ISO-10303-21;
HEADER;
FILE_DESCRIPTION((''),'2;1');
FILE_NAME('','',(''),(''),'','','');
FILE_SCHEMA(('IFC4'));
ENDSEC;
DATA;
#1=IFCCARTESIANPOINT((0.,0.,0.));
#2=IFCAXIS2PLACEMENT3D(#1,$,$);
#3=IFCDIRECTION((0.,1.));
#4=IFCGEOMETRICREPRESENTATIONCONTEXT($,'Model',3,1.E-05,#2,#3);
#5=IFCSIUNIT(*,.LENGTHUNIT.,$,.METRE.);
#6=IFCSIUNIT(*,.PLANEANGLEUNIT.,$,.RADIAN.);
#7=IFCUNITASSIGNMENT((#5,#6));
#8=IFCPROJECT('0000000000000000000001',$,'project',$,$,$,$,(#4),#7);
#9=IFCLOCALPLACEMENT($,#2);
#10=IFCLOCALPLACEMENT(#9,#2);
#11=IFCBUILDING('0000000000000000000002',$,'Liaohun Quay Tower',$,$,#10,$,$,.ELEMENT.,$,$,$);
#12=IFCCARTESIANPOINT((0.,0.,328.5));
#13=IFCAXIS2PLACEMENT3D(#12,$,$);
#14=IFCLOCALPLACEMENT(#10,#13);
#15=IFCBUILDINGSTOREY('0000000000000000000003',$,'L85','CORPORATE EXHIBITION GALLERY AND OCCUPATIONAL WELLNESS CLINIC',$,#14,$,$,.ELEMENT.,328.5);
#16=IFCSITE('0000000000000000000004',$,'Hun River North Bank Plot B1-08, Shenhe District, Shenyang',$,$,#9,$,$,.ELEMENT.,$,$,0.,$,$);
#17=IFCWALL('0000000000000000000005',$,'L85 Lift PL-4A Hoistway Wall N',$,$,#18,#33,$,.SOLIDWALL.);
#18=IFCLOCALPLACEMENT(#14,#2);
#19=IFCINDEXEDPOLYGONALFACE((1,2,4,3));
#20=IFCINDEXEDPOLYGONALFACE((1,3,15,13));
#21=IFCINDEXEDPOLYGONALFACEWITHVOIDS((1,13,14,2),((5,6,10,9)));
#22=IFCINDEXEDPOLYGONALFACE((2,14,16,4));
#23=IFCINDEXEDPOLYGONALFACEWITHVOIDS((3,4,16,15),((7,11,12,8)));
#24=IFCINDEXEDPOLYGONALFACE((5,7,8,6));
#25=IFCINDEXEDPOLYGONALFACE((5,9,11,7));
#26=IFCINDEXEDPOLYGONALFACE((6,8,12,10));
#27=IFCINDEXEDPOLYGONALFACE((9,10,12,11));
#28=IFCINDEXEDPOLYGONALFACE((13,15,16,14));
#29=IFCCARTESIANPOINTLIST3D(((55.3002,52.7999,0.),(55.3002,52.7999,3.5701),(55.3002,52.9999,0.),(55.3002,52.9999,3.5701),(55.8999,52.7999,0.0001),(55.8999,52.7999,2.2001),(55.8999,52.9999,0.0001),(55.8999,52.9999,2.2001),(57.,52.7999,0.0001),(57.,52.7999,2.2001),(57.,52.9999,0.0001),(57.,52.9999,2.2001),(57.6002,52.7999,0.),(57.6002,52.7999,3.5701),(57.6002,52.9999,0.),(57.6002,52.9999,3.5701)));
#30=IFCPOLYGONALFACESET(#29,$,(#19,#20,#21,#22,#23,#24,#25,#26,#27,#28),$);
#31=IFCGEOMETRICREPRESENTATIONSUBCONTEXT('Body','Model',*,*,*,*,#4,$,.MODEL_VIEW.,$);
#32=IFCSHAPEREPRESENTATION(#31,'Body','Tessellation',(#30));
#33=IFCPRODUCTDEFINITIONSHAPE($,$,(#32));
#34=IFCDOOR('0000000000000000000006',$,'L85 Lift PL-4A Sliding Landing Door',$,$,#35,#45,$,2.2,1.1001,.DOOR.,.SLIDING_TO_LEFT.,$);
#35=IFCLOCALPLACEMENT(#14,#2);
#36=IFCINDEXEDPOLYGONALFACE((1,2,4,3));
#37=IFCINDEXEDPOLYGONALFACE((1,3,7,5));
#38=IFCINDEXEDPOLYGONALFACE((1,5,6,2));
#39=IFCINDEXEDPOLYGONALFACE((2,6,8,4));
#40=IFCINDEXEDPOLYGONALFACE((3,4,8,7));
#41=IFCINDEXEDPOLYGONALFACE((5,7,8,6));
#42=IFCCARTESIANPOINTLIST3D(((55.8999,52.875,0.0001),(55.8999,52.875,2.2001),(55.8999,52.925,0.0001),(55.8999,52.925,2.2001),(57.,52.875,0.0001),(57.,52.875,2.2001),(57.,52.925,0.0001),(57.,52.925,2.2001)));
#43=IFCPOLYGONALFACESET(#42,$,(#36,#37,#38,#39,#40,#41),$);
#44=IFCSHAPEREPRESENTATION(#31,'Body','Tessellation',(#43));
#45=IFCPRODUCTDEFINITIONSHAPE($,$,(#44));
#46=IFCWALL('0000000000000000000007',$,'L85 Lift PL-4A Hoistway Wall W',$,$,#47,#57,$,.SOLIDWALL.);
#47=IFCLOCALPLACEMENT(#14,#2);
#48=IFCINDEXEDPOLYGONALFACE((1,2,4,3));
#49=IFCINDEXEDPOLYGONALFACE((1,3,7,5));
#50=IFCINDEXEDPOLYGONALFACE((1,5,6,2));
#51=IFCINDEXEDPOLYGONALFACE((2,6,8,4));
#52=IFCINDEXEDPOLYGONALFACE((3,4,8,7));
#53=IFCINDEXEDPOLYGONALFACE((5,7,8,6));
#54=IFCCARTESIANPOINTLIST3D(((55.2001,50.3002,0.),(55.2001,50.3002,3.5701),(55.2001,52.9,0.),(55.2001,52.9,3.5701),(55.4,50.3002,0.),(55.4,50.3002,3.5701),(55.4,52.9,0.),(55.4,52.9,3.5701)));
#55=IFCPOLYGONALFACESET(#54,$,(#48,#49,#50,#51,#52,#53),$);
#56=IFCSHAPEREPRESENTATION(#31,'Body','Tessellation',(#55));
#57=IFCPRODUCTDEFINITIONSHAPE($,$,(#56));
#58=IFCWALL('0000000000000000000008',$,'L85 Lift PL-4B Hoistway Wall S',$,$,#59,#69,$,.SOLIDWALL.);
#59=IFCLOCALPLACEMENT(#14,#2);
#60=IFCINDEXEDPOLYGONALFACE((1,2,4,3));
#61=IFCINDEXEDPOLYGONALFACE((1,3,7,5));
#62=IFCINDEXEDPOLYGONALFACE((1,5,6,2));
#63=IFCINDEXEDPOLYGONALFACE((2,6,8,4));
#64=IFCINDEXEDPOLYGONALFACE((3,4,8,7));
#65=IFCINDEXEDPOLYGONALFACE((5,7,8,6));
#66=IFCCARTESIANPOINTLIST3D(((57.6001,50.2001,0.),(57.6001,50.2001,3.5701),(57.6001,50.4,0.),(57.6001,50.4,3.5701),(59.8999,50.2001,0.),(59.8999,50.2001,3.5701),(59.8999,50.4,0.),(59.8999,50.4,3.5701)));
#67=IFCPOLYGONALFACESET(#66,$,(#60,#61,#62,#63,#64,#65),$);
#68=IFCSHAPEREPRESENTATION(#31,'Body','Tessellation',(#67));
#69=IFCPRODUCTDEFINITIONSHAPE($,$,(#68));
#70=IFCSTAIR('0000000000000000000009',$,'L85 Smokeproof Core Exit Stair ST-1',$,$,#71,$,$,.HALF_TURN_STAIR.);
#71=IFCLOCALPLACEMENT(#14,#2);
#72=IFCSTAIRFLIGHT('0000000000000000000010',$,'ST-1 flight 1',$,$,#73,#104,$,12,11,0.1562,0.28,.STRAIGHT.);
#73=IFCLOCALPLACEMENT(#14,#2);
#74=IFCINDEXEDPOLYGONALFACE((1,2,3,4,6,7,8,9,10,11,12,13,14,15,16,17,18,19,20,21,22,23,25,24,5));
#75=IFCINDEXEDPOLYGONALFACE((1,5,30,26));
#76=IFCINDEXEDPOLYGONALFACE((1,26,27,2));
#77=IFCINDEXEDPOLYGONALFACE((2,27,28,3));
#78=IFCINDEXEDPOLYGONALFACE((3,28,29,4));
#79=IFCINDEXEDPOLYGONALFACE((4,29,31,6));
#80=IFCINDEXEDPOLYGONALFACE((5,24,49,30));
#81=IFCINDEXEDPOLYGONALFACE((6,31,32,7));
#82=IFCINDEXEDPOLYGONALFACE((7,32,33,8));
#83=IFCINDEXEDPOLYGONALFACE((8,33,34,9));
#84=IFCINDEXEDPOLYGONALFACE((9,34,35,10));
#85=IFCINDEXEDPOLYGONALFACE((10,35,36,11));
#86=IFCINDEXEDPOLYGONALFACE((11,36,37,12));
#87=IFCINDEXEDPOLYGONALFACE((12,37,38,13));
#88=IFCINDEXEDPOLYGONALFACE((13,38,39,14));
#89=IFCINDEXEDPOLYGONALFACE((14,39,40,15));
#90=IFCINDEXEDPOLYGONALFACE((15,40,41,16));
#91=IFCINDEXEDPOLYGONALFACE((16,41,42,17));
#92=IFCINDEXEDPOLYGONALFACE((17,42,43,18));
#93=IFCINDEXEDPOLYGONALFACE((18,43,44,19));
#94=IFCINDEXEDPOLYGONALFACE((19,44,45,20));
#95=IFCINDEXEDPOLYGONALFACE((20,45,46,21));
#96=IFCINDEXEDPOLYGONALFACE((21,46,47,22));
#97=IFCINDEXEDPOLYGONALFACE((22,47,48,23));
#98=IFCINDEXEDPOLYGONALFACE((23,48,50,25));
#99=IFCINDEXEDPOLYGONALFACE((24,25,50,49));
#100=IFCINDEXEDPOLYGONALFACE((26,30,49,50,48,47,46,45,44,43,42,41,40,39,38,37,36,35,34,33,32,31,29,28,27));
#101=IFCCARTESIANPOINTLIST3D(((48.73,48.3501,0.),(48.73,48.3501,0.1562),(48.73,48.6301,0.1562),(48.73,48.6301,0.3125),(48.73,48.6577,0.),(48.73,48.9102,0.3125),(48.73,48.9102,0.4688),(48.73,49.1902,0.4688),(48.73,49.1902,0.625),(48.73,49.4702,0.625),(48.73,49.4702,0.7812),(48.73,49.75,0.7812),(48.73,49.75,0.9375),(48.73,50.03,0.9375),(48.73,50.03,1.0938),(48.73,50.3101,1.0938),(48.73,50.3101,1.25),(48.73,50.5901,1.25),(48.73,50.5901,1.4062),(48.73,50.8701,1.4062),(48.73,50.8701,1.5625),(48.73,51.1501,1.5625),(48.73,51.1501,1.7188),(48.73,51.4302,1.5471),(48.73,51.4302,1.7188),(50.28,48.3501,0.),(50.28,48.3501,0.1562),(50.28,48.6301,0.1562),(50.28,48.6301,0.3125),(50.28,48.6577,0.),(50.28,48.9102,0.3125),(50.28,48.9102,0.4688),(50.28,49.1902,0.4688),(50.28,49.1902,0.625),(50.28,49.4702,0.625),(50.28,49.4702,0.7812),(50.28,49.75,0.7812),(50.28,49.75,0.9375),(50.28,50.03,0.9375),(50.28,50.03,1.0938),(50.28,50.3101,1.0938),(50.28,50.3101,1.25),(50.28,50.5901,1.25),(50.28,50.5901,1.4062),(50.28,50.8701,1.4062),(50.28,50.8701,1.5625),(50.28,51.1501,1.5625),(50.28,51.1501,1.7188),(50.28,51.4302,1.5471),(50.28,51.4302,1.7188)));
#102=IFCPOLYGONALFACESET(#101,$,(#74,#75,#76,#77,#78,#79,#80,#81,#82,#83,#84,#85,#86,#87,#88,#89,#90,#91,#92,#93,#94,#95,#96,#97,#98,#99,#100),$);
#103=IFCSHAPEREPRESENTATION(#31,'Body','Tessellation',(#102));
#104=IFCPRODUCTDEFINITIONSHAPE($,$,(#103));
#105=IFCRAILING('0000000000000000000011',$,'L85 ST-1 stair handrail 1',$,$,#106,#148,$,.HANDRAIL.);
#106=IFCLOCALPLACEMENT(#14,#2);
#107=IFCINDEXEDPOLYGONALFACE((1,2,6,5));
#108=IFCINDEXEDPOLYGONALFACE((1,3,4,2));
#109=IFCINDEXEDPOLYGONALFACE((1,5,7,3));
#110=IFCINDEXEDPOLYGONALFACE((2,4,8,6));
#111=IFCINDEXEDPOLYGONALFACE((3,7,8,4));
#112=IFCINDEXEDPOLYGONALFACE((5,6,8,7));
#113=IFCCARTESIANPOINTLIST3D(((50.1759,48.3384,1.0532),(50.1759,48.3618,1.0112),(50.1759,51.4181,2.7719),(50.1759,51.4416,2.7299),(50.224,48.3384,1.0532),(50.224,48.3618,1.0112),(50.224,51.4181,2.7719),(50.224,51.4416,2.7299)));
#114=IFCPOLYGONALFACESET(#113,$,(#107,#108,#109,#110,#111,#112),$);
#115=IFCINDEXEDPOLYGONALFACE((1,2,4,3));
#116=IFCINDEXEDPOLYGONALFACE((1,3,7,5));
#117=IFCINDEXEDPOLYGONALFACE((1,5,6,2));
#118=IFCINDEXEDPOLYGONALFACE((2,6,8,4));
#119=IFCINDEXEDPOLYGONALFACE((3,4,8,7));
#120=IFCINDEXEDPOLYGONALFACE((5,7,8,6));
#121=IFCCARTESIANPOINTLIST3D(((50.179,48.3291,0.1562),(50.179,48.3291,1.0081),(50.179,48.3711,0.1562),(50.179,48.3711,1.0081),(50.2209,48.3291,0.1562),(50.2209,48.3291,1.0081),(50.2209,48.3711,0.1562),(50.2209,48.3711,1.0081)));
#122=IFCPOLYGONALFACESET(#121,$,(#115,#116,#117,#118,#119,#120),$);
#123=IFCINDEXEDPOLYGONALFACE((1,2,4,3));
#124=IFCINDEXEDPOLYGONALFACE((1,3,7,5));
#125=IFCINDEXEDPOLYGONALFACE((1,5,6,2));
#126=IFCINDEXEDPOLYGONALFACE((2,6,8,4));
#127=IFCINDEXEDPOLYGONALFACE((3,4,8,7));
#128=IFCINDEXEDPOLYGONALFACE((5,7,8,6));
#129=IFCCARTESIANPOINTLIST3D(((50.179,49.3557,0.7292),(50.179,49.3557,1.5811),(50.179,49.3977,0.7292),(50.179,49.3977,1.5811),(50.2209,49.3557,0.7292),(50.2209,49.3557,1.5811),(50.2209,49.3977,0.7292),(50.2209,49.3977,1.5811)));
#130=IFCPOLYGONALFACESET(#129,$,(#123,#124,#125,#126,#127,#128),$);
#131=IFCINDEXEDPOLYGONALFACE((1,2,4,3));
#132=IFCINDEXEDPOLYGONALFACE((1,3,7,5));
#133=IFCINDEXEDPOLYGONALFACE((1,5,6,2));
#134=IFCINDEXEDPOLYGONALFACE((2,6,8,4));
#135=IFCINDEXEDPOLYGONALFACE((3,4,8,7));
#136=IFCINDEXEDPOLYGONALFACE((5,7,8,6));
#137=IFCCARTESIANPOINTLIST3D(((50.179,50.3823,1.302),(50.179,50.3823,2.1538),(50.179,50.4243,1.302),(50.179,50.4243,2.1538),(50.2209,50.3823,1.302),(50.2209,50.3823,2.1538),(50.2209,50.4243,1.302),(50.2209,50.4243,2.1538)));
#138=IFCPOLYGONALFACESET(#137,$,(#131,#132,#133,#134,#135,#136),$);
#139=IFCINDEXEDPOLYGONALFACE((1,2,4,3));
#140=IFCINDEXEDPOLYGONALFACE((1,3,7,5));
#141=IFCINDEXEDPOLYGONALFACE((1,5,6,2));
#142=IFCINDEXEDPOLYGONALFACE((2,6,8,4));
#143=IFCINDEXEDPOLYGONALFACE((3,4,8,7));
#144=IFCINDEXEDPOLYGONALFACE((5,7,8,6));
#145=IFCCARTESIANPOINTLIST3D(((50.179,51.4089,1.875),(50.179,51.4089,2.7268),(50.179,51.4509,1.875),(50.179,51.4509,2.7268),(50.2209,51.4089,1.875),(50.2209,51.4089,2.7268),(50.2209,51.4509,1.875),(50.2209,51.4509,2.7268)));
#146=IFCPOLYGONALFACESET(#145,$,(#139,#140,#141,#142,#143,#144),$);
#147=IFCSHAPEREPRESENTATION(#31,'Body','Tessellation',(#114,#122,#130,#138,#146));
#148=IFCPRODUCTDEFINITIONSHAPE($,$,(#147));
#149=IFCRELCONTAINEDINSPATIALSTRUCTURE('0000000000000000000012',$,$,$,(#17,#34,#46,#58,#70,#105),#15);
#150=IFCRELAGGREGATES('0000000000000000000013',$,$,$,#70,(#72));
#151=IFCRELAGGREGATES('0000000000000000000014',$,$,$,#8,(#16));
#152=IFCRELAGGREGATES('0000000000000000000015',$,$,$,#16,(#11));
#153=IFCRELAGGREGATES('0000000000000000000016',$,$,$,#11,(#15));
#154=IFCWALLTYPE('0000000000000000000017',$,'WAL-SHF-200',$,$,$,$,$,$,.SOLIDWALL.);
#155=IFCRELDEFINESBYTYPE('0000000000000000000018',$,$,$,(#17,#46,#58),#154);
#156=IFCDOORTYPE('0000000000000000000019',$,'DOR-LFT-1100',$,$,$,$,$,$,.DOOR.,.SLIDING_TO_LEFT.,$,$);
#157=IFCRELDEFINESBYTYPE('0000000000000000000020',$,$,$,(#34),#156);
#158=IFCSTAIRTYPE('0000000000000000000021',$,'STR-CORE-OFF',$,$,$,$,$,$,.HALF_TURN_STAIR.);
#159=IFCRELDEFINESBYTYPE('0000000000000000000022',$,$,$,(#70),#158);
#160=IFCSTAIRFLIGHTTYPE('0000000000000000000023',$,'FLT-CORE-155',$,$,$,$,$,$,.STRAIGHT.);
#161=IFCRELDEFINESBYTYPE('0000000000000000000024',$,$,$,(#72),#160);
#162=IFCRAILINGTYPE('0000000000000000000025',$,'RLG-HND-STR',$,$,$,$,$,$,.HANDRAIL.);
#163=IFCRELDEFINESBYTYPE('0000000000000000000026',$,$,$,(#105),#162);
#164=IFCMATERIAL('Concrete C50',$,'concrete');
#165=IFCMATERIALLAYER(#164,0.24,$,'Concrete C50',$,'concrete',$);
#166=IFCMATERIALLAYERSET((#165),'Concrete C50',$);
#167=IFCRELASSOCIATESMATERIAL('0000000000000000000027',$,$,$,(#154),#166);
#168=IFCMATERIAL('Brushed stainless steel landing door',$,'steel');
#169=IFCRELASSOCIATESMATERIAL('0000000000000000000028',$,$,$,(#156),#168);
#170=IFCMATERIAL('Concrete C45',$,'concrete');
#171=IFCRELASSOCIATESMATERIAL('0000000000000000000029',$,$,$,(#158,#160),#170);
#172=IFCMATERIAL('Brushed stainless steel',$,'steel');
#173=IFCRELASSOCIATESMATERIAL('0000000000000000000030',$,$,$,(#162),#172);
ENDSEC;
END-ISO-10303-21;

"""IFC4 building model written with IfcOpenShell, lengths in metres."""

from ifc_helpers import new_model, si_unit, direction, frame, frame_2d, origin, origin_2d, place, context, subcontext, project, spatial, polyline, rectangle, outline, extrude, source, transform, mapped, material, layer, layer_set, type_object, element, fill, aggregate, save


model = new_model("IFC4")

# Units and contexts
model_context = context("Model", 3, precision=1e-05, world=origin(), true_north=direction((0.0, 1.0)))
body_context = subcontext(model_context, "Body", "Model", "MODEL_VIEW")
ifc_project = project(units=[si_unit("LENGTHUNIT", "METRE"), si_unit("PLANEANGLEUNIT", "RADIAN")], contexts=[model_context])

# Site, building, storey
site_placement = place(None, origin())
site = spatial("IfcSite", under=ifc_project, at=site_placement, Name="Hun River North Bank Plot B1-08, Shenhe District, Shenyang", CompositionType="ELEMENT", RefElevation=0.0)
building_placement = place(site_placement, origin())
building = spatial("IfcBuilding", under=site, at=building_placement, Name="Liaohun Quay Tower", CompositionType="ELEMENT")
storey_placement = place(building_placement, frame((0.0, 0.0, 328.5)))
storey = spatial("IfcBuildingStorey", under=building, at=storey_placement, Name="L85", Description="CORPORATE EXHIBITION GALLERY AND OCCUPATIONAL WELLNESS CLINIC", CompositionType="ELEMENT", Elevation=328.5)

# Shared definitions
ifc_material_1 = material(Name="Concrete C50", Category="concrete")

# Shared definitions
ifc_layer_1 = layer(ifc_material_1, 0.24, Name="Concrete C50", Category="concrete")
ifc_layer_set_1 = layer_set([ifc_layer_1], Name="Concrete C50")
wall_type_1 = type_object("IfcWallType", Name="WAL-SHF-200", PredefinedType="SOLIDWALL", material=ifc_layer_set_1)

# Wall, opening, door
wall_1_placement = place(storey_placement, frame((57.6001, 52.8999, 0.0), z_axis=(0.0, 0.0, 1.0), x_axis=(-1.0, 0.0, 0.0)))
wall_1 = element("IfcWall", 1, at=wall_1_placement, inside=storey, type_object=wall_type_1, Name="L85 Lift PL-4A Hoistway Wall N", PredefinedType="SOLIDWALL", context=body_context, shape_type="SweptSolid", body=[
    extrude(rectangle(XDim=2.3, YDim=0.2, at=frame_2d((1.1499, 0.0))), origin(), (0.0, 0.0, 1.0), 3.5701),
])
shared_shape_1 = source(origin(), body_context, "Body", "SweptSolid", [
    extrude(rectangle(XDim=1.1001, YDim=2.2, at=frame_2d((0.55, 1.1001))), frame((0.0, 0.1099, 0.0), z_axis=(0.0, -1.0, 0.0), x_axis=(1.0, 0.0, 0.0)), (0.0, 0.0, 1.0), 0.22),
])
opening_1_placement = place(wall_1_placement, frame((0.6001, 0.0, 0.0)))
opening_1 = element("IfcOpeningElement", 2, at=opening_1_placement, cuts=wall_1, PredefinedType="OPENING", context=body_context, shape_type="MappedRepresentation", body=[
    mapped(shared_shape_1, transform((0.0, 0.0, 0.0), x_axis=(1.0, 0.0, 0.0), y_axis=(0.0, 1.0, 0.0), z_axis=(0.0, 0.0, 1.0), scale=1.0)),
])
ifc_material_2 = material(Name="Brushed stainless steel landing door", Category="steel")
door_type_1 = type_object("IfcDoorType", Name="DOR-LFT-1100", OperationType="SLIDING_TO_LEFT", PredefinedType="DOOR", material=ifc_material_2)
shared_shape_2 = source(origin(), body_context, "Body", "SweptSolid", [
    extrude(rectangle(XDim=1.1001, YDim=2.2, at=frame_2d((0.55, 1.1001))), frame((0.0, 0.0249, 0.0), z_axis=(0.0, -1.0, 0.0), x_axis=(1.0, 0.0, 0.0)), (0.0, 0.0, 1.0), 0.05),
])
door_1_placement = place(opening_1_placement, origin())
door_1 = element("IfcDoor", 3, at=door_1_placement, inside=storey, type_object=door_type_1, Name="L85 Lift PL-4A Sliding Landing Door", OperationType="SLIDING_TO_LEFT", OverallHeight=2.2, OverallWidth=1.1001, PredefinedType="DOOR", context=body_context, shape_type="MappedRepresentation", body=[
    mapped(shared_shape_2, transform((0.0, 0.0, 0.0), x_axis=(1.0, 0.0, 0.0), y_axis=(0.0, 1.0, 0.0), z_axis=(0.0, 0.0, 1.0), scale=1.0)),
])
fill(opening_1, door_1)

# Walls
wall_2_placement = place(storey_placement, frame((55.3, 52.8999, 0.0), z_axis=(0.0, 0.0, 1.0), x_axis=(0.0, -1.0, 0.0)))
element("IfcWall", 4, at=wall_2_placement, inside=storey, type_object=wall_type_1, Name="L85 Lift PL-4A Hoistway Wall W", PredefinedType="SOLIDWALL", context=body_context, shape_type="SweptSolid", body=[
    extrude(rectangle(XDim=2.5999, YDim=0.2, at=frame_2d((1.2998, 0.0))), origin(), (0.0, 0.0, 1.0), 3.5701),
])
wall_3_placement = place(storey_placement, frame((57.6001, 50.3, 0.0), z_axis=(0.0, 0.0, 1.0), x_axis=(1.0, 0.0, 0.0)))
element("IfcWall", 5, at=wall_3_placement, inside=storey, type_object=wall_type_1, Name="L85 Lift PL-4B Hoistway Wall S", PredefinedType="SOLIDWALL", context=body_context, shape_type="SweptSolid", body=[
    extrude(rectangle(XDim=2.2998, YDim=0.2, at=frame_2d((1.1499, 0.0))), origin(), (0.0, 0.0, 1.0), 3.5701),
])

# Stair, stair flight
ifc_material_3 = material(Name="Concrete C45", Category="concrete")
stair_type = type_object("IfcStairType", Name="STR-CORE-OFF", PredefinedType="HALF_TURN_STAIR", material=ifc_material_3)
stair_placement = place(storey_placement, origin())
stair = element("IfcStair", 6, at=stair_placement, inside=storey, type_object=stair_type, Name="L85 Smokeproof Core Exit Stair ST-1", PredefinedType="HALF_TURN_STAIR")
stair_flight_type = type_object("IfcStairFlightType", Name="FLT-CORE-155", PredefinedType="STRAIGHT", material=ifc_material_3)
stair_flight_placement = place(storey_placement, frame((49.5049, 48.3501, 0.0), z_axis=(0.0, 0.0, 1.0), x_axis=(0.0, 1.0, 0.0)))
stair_flight = element("IfcStairFlight", 7, at=stair_flight_placement, type_object=stair_flight_type, Name="ST-1 flight 1", NumberOfRisers=12, NumberOfTreads=11, PredefinedType="STRAIGHT", RiserHeight=0.1562, TreadLength=0.28, context=body_context, shape_type="SweptSolid", body=[
    extrude(outline(polyline([(0.0, 0.0), (0.0, 0.1562), (0.28, 0.1562), (0.28, 0.3125), (0.5601, 0.3125), (0.5601, 0.4688), (0.8401, 0.4688), (0.8401, 0.625), (1.1201, 0.625), (1.1201, 0.7812), (1.3999, 0.7812), (1.3999, 0.9375), (1.6799, 0.9375), (1.6799, 1.0938), (1.96, 1.0938), (1.96, 1.25), (2.24, 1.25), (2.24, 1.4062), (2.52, 1.4062), (2.52, 1.5625), (2.8, 1.5625), (2.8, 1.7188), (3.0801, 1.7188), (3.0801, 1.875), (3.0801, 1.5471), (0.3076, 0.0), (0.0, 0.0)])), frame((0.0, 0.7749, 0.0), z_axis=(0.0, -1.0, 0.0), x_axis=(1.0, 0.0, 0.0)), (0.0, 0.0, 1.0), 1.55),
])
aggregate(stair, [stair_flight])

# Railing
ifc_material_4 = material(Name="Brushed stainless steel", Category="steel")
railing_type = type_object("IfcRailingType", Name="RLG-HND-STR", PredefinedType="HANDRAIL", material=ifc_material_4)
railing_placement = place(storey_placement, frame((50.2, 48.3501, 0.1562)))
element("IfcRailing", 8, at=railing_placement, inside=storey, type_object=railing_type, Name="L85 ST-1 stair handrail 1", PredefinedType="HANDRAIL", context=body_context, shape_type="SweptSolid", body=[
    extrude(rectangle(XDim=0.0481, YDim=0.0481, at=origin_2d()), frame((0.0, 0.0, 0.876), z_axis=(0.0, 0.873225, 0.487317), x_axis=(-1.0, 0.0, 0.0)), (0.0, 0.0, 1.0), 3.5269),
    extrude(rectangle(XDim=0.042, YDim=0.042, at=origin_2d()), origin(), (0.0, 0.0, 1.0), 0.8518),
    extrude(rectangle(XDim=0.042, YDim=0.042, at=origin_2d()), frame((0.0, 1.0266, 0.573)), (0.0, 0.0, 1.0), 0.8518),
    extrude(rectangle(XDim=0.042, YDim=0.042, at=origin_2d()), frame((0.0, 2.0532, 1.1458)), (0.0, 0.0, 1.0), 0.8518),
    extrude(rectangle(XDim=0.042, YDim=0.042, at=origin_2d()), frame((0.0, 3.0798, 1.7188)), (0.0, 0.0, 1.0), 0.8518),
])

save(model, "model.ifc")
